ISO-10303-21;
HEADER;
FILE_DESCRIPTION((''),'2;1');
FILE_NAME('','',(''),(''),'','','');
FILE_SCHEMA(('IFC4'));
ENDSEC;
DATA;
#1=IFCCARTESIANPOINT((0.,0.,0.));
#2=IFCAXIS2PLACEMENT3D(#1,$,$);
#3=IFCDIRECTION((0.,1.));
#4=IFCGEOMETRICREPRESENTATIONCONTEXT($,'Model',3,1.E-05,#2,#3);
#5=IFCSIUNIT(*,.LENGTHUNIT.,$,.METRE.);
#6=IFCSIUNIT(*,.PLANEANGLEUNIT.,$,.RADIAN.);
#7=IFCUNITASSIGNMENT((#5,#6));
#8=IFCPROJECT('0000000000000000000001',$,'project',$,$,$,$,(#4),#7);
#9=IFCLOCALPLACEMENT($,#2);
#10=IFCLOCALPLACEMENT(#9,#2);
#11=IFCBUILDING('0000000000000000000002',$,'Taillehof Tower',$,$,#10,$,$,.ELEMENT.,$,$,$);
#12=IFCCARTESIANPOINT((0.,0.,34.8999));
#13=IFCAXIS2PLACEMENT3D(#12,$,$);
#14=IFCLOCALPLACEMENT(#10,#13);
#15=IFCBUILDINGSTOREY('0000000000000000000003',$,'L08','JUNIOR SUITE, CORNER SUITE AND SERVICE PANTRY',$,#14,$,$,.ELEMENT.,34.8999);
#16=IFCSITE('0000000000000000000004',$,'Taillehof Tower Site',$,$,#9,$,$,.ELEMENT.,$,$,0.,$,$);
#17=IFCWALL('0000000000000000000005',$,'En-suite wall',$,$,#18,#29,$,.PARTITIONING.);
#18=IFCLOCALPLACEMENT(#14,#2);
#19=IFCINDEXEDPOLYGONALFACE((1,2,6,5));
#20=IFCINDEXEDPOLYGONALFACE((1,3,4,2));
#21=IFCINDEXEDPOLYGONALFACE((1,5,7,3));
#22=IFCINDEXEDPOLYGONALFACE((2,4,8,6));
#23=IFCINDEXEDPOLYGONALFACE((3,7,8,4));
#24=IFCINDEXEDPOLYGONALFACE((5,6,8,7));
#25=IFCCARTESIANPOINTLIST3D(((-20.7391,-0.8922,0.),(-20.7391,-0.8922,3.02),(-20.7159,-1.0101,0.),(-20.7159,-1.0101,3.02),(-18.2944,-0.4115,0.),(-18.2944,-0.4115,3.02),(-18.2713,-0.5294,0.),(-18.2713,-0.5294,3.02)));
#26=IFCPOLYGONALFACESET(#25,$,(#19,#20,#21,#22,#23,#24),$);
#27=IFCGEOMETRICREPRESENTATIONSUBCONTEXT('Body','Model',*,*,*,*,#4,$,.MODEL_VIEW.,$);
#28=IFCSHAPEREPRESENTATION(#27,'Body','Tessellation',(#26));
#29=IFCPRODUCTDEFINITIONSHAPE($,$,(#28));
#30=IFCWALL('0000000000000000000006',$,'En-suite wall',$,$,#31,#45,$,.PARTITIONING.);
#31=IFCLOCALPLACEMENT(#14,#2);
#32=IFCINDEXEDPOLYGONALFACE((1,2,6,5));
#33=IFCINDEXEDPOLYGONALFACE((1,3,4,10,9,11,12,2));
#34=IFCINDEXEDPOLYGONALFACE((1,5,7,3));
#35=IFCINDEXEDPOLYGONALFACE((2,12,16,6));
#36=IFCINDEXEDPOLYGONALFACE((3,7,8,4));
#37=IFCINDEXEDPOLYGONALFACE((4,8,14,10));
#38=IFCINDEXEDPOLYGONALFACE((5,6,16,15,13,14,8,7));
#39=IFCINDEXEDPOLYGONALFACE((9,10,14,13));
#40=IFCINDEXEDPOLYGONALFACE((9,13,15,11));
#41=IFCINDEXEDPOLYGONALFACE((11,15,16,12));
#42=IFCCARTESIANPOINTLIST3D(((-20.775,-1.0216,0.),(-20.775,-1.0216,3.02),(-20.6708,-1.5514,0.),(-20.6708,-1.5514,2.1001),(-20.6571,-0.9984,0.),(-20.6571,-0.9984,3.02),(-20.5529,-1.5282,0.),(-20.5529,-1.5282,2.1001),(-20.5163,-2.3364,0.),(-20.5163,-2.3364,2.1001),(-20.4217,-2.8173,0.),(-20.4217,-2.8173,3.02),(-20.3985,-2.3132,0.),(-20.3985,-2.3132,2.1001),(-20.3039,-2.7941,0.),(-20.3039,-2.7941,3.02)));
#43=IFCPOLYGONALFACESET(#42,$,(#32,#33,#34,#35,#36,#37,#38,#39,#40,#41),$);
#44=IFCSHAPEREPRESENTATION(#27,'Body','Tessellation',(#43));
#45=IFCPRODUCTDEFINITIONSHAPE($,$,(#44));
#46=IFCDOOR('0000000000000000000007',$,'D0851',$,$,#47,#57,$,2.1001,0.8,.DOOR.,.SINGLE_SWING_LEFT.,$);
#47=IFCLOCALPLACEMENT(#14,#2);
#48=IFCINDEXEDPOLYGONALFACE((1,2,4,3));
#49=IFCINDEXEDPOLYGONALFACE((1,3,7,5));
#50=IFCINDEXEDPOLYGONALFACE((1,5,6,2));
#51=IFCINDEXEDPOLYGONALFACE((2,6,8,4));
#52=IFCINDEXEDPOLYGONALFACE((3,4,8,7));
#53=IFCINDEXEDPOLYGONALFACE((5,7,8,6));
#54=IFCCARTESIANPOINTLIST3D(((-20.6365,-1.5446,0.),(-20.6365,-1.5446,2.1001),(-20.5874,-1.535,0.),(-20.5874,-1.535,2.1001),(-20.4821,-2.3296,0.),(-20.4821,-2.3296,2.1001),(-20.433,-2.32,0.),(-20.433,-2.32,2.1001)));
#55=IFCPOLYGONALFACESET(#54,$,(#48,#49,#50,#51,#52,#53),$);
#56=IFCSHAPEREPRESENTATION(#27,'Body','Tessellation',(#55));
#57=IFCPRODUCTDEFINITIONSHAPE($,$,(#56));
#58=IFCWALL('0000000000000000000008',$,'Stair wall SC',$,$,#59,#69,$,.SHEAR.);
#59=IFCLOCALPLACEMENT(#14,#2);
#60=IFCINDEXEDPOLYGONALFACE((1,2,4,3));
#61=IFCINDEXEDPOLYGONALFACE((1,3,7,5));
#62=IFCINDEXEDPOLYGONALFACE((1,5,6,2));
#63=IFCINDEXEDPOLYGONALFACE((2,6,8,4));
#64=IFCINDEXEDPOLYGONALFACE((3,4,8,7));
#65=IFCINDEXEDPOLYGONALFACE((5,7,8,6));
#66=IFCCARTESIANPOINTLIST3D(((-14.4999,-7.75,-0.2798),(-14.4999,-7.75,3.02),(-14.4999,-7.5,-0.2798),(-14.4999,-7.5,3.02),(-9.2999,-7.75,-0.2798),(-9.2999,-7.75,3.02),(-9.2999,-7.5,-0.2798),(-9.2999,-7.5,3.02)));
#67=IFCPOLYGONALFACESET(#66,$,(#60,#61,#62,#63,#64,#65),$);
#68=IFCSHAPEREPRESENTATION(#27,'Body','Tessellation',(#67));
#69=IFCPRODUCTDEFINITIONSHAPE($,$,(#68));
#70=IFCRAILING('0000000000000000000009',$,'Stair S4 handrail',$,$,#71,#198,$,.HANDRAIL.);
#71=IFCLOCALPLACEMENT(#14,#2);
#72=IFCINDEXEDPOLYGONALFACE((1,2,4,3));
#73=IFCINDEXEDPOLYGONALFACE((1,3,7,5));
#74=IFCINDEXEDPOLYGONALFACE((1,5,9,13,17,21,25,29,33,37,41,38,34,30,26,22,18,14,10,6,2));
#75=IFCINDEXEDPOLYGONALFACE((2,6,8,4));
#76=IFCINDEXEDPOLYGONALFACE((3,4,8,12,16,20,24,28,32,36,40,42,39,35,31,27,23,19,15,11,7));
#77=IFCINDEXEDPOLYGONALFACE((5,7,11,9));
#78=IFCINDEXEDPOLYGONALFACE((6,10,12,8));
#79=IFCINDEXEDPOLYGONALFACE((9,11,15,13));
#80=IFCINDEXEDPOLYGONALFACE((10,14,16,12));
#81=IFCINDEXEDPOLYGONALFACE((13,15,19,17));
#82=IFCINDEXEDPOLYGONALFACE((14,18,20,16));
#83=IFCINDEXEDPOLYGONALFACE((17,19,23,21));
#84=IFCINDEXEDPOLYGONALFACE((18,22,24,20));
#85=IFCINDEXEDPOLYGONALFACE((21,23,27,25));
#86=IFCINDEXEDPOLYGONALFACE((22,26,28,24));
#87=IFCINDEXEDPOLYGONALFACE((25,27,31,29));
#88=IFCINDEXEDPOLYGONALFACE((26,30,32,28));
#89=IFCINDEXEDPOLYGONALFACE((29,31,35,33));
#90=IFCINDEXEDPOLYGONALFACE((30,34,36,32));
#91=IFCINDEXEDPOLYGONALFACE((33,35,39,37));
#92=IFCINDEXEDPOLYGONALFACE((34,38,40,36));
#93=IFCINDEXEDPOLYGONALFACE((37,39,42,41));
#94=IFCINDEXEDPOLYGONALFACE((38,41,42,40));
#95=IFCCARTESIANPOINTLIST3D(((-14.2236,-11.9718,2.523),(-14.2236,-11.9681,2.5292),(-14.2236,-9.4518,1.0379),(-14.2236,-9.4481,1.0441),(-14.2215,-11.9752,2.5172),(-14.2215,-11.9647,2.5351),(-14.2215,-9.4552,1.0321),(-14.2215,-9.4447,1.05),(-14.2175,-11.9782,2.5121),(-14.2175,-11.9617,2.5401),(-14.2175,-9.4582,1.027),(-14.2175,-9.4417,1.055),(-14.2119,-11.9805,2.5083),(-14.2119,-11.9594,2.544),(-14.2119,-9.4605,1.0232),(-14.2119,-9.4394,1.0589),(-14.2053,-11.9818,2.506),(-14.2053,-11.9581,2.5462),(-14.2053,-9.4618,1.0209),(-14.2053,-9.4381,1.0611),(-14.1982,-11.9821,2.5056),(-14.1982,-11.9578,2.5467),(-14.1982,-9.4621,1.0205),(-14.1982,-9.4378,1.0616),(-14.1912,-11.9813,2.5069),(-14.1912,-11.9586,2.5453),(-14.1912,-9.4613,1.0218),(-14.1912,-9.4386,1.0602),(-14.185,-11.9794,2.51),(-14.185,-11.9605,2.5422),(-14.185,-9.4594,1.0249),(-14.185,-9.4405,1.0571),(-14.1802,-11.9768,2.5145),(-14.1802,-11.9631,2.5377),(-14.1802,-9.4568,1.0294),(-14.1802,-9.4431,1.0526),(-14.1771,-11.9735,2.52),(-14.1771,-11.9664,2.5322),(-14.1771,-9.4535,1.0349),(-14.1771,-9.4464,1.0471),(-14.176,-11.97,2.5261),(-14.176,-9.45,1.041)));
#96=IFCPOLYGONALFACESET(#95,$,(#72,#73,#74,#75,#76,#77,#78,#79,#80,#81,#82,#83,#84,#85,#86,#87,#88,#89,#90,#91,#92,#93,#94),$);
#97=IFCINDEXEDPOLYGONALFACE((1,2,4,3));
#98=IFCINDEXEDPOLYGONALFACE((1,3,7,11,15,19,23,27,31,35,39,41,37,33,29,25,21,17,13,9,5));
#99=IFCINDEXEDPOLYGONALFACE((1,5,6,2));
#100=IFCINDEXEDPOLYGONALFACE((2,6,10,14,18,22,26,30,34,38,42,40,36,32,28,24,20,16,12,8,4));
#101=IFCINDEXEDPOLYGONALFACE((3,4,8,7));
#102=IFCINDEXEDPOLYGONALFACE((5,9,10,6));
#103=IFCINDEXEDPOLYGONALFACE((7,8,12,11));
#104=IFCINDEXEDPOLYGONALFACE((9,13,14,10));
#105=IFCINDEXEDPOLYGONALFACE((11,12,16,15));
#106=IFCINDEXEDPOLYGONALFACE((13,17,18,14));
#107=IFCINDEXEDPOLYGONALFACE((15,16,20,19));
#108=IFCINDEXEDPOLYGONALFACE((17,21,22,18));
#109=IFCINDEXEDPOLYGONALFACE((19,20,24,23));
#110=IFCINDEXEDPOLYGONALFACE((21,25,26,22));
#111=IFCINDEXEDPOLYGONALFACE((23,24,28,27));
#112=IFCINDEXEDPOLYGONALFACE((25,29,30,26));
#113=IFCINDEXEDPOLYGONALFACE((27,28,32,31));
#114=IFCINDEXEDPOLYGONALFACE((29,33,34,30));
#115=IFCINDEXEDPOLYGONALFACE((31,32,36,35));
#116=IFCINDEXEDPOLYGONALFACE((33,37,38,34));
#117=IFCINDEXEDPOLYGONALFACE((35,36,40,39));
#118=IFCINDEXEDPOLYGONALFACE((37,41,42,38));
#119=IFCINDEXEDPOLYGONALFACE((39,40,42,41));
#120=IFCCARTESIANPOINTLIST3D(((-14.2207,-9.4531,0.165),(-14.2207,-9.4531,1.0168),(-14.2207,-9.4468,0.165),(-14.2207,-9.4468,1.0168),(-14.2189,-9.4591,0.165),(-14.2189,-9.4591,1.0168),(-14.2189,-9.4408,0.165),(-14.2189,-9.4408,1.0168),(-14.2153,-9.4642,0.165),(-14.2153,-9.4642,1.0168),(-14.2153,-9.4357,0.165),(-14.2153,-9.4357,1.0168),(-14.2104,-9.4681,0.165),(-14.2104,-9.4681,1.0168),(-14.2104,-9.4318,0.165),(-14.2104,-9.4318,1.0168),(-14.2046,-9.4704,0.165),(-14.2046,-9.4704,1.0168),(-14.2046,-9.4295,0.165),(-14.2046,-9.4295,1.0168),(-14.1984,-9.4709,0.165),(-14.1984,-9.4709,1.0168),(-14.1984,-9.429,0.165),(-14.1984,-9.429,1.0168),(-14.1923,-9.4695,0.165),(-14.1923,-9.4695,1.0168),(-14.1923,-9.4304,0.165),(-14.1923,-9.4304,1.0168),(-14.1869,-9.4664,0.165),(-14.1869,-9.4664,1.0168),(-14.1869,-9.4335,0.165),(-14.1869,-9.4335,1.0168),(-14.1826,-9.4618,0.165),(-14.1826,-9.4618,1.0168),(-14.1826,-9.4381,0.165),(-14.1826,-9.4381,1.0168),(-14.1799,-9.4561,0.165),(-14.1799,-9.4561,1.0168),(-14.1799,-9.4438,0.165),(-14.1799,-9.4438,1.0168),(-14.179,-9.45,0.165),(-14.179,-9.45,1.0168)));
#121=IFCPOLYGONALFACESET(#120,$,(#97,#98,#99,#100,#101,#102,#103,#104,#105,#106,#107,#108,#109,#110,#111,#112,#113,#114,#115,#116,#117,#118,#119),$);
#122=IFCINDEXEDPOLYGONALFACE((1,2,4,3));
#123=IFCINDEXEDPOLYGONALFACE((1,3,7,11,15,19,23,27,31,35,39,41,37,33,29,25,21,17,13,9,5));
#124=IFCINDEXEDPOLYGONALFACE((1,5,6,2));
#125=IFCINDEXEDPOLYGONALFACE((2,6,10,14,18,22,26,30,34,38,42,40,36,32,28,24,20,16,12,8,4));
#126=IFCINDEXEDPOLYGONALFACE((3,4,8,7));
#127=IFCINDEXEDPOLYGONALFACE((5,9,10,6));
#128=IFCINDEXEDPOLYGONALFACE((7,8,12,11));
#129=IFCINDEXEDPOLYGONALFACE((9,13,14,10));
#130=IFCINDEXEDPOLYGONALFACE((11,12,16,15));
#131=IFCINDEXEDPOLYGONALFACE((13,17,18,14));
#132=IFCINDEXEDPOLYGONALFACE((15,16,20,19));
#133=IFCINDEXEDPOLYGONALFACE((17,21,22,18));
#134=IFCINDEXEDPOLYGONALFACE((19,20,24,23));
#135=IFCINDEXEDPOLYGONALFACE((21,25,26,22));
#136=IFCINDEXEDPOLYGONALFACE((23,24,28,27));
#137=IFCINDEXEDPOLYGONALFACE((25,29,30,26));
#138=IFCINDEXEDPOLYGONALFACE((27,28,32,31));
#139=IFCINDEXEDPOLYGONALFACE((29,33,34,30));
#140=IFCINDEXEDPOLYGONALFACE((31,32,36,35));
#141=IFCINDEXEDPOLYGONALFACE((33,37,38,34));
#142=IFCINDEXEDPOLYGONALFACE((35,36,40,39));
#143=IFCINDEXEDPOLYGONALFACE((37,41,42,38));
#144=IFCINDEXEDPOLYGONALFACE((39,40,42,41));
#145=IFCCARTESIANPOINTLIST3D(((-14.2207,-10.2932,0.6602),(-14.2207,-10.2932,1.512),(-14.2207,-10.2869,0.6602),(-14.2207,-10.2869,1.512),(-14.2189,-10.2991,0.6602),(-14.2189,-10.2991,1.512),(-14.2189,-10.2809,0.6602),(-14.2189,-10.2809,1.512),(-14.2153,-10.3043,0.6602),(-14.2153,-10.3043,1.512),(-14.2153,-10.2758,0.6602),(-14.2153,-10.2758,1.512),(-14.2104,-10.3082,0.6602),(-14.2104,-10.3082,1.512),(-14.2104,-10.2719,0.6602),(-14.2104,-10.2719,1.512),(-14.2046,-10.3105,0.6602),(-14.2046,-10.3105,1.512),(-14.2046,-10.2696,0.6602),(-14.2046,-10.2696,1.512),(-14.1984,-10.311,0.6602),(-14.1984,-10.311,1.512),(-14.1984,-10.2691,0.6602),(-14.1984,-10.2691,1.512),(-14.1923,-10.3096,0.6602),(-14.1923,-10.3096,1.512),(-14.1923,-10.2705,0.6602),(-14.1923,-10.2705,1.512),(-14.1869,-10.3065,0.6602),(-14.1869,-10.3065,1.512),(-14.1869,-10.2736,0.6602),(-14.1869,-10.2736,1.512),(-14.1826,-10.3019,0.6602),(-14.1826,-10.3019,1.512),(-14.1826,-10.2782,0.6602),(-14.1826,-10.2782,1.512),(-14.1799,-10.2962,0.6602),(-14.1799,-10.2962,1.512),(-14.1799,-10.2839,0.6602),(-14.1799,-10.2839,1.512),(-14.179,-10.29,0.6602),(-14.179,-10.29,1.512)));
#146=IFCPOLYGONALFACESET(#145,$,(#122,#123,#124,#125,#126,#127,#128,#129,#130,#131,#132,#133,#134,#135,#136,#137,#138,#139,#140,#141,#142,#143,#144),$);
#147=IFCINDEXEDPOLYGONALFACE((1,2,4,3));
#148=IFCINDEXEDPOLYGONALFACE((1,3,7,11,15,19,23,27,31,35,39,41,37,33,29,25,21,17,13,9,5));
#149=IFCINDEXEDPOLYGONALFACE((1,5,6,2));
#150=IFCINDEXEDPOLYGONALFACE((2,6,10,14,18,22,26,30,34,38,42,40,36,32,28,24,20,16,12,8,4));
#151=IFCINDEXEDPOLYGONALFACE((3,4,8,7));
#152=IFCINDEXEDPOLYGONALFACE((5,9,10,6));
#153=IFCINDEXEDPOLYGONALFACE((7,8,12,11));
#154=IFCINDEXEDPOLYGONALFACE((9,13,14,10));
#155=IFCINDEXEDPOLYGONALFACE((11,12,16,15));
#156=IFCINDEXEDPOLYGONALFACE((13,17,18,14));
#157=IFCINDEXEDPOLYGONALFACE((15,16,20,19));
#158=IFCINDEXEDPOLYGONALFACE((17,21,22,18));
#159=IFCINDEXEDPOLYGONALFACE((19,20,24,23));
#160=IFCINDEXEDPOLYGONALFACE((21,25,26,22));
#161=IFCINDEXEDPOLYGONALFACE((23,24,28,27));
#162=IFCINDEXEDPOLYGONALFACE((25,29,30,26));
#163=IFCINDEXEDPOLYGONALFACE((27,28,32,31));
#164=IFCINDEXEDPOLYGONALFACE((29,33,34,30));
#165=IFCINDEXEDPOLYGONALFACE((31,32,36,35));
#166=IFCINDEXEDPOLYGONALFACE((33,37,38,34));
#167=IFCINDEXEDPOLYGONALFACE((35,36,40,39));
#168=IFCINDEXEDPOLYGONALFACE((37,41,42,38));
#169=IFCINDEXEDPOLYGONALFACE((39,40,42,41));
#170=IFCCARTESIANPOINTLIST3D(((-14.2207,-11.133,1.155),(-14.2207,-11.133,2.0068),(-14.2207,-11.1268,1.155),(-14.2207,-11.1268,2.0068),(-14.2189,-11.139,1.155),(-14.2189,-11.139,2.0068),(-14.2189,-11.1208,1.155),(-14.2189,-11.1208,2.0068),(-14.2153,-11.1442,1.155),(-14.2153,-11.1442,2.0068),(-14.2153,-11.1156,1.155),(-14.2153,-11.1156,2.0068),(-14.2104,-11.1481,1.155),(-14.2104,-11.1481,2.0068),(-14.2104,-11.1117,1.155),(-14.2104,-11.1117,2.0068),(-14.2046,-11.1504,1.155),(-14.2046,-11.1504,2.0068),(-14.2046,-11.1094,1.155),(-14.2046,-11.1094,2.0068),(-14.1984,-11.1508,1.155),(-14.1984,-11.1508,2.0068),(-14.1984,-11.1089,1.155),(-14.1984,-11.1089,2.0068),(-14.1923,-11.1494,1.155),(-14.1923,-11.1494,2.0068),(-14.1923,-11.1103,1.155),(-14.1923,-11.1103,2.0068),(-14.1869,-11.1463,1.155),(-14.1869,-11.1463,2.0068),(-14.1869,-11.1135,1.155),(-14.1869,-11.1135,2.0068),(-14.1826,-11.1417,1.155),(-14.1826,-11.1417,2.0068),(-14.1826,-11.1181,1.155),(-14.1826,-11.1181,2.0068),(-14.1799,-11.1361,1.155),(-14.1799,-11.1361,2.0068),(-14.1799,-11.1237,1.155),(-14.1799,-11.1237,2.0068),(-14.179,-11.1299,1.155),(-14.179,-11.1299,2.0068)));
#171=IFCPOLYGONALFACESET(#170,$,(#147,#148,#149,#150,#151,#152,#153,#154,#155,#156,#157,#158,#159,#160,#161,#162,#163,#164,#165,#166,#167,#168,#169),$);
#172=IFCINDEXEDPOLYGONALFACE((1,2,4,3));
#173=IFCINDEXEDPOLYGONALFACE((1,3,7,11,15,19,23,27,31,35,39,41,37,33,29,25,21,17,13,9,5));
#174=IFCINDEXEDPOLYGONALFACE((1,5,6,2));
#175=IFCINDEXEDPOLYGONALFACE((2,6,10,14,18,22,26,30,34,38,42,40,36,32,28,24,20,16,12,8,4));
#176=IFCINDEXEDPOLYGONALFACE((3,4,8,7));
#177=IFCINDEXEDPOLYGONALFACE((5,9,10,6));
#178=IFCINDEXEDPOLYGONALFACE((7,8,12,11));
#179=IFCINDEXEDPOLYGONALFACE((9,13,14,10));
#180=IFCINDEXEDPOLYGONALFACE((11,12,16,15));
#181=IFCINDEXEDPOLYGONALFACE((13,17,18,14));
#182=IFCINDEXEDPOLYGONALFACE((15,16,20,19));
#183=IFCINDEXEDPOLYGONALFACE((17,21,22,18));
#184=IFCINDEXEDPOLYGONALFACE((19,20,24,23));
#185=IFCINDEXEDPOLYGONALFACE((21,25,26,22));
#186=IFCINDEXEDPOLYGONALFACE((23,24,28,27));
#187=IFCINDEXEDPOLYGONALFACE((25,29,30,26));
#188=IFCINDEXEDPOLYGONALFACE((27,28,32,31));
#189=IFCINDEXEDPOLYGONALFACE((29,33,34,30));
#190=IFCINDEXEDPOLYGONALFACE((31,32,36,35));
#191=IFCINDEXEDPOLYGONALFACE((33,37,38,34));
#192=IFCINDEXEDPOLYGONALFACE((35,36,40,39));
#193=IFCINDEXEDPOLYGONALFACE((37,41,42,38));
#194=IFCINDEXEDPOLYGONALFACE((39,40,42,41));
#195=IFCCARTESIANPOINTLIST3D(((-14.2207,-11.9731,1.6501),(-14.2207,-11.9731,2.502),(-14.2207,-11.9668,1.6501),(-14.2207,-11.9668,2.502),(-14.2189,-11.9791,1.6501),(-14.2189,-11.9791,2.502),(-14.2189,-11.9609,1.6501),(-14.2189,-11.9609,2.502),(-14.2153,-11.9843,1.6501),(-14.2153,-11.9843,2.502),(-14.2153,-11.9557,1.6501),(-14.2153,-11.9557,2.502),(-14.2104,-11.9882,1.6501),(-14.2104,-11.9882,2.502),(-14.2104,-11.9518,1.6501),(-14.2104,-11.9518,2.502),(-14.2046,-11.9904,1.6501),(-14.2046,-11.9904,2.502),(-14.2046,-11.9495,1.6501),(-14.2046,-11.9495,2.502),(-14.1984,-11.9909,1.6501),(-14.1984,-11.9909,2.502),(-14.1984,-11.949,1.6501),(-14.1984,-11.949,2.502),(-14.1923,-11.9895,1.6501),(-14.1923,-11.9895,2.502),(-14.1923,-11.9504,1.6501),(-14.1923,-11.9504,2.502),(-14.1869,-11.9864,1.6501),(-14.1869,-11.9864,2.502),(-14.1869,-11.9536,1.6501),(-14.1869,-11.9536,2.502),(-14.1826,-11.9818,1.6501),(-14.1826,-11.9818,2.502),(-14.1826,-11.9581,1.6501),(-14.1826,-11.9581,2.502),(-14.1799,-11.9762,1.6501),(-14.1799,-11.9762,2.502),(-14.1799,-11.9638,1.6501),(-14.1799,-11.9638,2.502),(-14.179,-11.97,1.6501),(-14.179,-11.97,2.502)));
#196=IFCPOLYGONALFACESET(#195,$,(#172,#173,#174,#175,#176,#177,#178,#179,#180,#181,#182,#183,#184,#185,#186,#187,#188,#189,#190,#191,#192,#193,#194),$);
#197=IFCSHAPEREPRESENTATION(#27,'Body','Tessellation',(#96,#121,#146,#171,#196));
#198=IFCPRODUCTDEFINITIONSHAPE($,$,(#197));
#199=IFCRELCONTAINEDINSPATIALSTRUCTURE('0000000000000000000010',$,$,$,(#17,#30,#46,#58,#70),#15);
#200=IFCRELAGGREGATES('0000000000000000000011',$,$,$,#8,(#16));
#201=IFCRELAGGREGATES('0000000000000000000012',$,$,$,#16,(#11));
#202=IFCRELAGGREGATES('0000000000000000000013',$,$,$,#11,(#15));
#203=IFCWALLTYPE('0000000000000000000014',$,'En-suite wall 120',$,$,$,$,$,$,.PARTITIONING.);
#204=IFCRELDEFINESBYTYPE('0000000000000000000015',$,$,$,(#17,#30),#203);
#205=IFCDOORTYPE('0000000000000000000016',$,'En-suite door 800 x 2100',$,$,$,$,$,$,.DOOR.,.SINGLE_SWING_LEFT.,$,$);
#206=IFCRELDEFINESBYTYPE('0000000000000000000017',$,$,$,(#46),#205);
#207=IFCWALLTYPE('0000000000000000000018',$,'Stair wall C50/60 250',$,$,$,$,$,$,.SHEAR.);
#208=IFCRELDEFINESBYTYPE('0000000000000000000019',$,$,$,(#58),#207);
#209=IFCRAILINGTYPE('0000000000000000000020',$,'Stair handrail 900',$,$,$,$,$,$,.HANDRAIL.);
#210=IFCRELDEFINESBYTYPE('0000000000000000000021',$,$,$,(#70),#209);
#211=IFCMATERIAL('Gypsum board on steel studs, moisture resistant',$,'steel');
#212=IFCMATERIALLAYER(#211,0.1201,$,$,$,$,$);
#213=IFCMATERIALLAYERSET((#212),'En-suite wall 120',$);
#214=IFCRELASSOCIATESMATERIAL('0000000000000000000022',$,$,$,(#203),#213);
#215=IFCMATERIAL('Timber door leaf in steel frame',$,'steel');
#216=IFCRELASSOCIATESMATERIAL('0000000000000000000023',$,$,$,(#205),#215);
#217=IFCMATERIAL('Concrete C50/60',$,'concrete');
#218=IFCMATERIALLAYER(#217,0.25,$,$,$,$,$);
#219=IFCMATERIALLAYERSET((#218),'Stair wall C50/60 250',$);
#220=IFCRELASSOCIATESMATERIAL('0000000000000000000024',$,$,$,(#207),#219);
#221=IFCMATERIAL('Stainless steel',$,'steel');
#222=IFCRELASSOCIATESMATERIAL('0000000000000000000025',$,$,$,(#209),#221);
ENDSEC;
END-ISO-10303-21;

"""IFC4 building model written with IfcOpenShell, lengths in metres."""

from ifc_helpers import new_model, si_unit, direction, frame, frame_2d, origin, origin_2d, place, context, subcontext, project, spatial, rectangle, circle, extrude, material, layer, layer_set, type_object, element, fill, save


model = new_model("IFC4")

# Units and contexts
model_context = context("Model", 3, precision=1e-05, world=origin(), true_north=direction((0.0, 1.0)))
body_context = subcontext(model_context, "Body", "Model", "MODEL_VIEW")
ifc_project = project(units=[si_unit("LENGTHUNIT", "METRE"), si_unit("PLANEANGLEUNIT", "RADIAN")], contexts=[model_context])

# Site, building, storey
site_placement = place(None, origin())
site = spatial("IfcSite", under=ifc_project, at=site_placement, Name="Taillehof Tower Site", CompositionType="ELEMENT", RefElevation=0.0)
building_placement = place(site_placement, origin())
building = spatial("IfcBuilding", under=site, at=building_placement, Name="Taillehof Tower", CompositionType="ELEMENT")
storey_placement = place(building_placement, frame((0.0, 0.0, 34.8999)))
storey = spatial("IfcBuildingStorey", under=building, at=storey_placement, Name="L08", Description="JUNIOR SUITE, CORNER SUITE AND SERVICE PANTRY", CompositionType="ELEMENT", Elevation=34.8999)

# Wall
ifc_material_1 = material(Name="Gypsum board on steel studs, moisture resistant", Category="steel")
ifc_layer_1 = layer(ifc_material_1, 0.1201)
ifc_layer_set_1 = layer_set([ifc_layer_1], Name="En-suite wall 120")
wall_type_1 = type_object("IfcWallType", Name="En-suite wall 120", PredefinedType="PARTITIONING", material=ifc_layer_set_1)
wall_1_placement = place(storey_placement, frame((-18.283, -0.4705, 0.0), z_axis=(0.0, 0.0, 1.0), x_axis=(-0.981209, -0.192949, 0.0)))
element("IfcWall", 1, at=wall_1_placement, inside=storey, type_object=wall_type_1, Name="En-suite wall", PredefinedType="PARTITIONING", context=body_context, shape_type="SweptSolid", body=[
    extrude(rectangle(XDim=2.4915, YDim=0.1201, at=frame_2d((1.2456, 0.0))), origin(), (0.0, 0.0, 1.0), 3.02),
])

# Wall, opening, door
wall_2_placement = place(storey_placement, frame((-20.7161, -1.01, 0.0), z_axis=(0.0, 0.0, 1.0), x_axis=(0.193037, -0.981192, 0.0)))
wall_2 = element("IfcWall", 2, at=wall_2_placement, inside=storey, type_object=wall_type_1, Name="En-suite wall", PredefinedType="PARTITIONING", context=body_context, shape_type="SweptSolid", body=[
    extrude(rectangle(XDim=1.8301, YDim=0.1201, at=frame_2d((0.915, 0.0))), origin(), (0.0, 0.0, 1.0), 3.02),
])
opening_1_placement = place(wall_2_placement, frame((0.54, 0.0, 0.0)))
opening_1 = element("IfcOpeningElement", 3, at=opening_1_placement, cuts=wall_2, PredefinedType="OPENING", context=body_context, shape_type="SweptSolid", body=[
    extrude(rectangle(XDim=0.8, YDim=2.1001, at=frame_2d((0.3999, 1.05))), frame((0.0, 0.0701, 0.0), z_axis=(0.0, -1.0, 0.0), x_axis=(1.0, 0.0, 0.0)), (0.0, 0.0, 1.0), 0.1401),
])
ifc_material_2 = material(Name="Timber door leaf in steel frame", Category="steel")
door_type_1 = type_object("IfcDoorType", Name="En-suite door 800 x 2100", OperationType="SINGLE_SWING_LEFT", PredefinedType="DOOR", material=ifc_material_2)
door_1_placement = place(opening_1_placement, origin())
door_1 = element("IfcDoor", 4, at=door_1_placement, inside=storey, type_object=door_type_1, Name="D0851", OperationType="SINGLE_SWING_LEFT", OverallHeight=2.1001, OverallWidth=0.8, PredefinedType="DOOR", context=body_context, shape_type="SweptSolid", body=[
    extrude(rectangle(XDim=0.8, YDim=2.1001, at=frame_2d((0.3999, 1.05))), frame((0.0, 0.0249, 0.0), z_axis=(0.0, -1.0, 0.0), x_axis=(1.0, 0.0, 0.0)), (0.0, 0.0, 1.0), 0.05),
])
fill(opening_1, door_1)

# Wall
ifc_material_3 = material(Name="Concrete C50/60", Category="concrete")
ifc_layer_2 = layer(ifc_material_3, 0.25)
ifc_layer_set_2 = layer_set([ifc_layer_2], Name="Stair wall C50/60 250")
wall_type_2 = type_object("IfcWallType", Name="Stair wall C50/60 250", PredefinedType="SHEAR", material=ifc_layer_set_2)
wall_3_placement = place(storey_placement, frame((-14.5, -7.625, -0.2798), z_axis=(0.0, 0.0, 1.0), x_axis=(1.0, 0.0, 0.0)))
element("IfcWall", 5, at=wall_3_placement, inside=storey, type_object=wall_type_2, Name="Stair wall SC", PredefinedType="SHEAR", context=body_context, shape_type="SweptSolid", body=[
    extrude(rectangle(XDim=5.2, YDim=0.25, at=frame_2d((2.6001, 0.0))), origin(), (0.0, 0.0, 1.0), 3.2998),
])

# Railing
ifc_material_4 = material(Name="Stainless steel", Category="steel")
railing_type = type_object("IfcRailingType", Name="Stair handrail 900", PredefinedType="HANDRAIL", material=ifc_material_4)
railing_placement = place(storey_placement, frame((-14.2, -9.45, 0.165)))
element("IfcRailing", 6, at=railing_placement, inside=storey, type_object=railing_type, Name="Stair S4 handrail", PredefinedType="HANDRAIL", context=body_context, shape_type="SweptSolid", body=[
    extrude(circle(Radius=0.0239, at=origin_2d()), frame((0.0, 0.0, 0.876), z_axis=(0.0, -0.861524, 0.507717), x_axis=(1.0, 0.0, 0.0)), (0.0, 0.0, 1.0), 2.925),
    extrude(circle(Radius=0.021, at=origin_2d()), origin(), (0.0, 0.0, 1.0), 0.8518),
    extrude(circle(Radius=0.021, at=origin_2d()), frame((0.0, -0.8401, 0.4951)), (0.0, 0.0, 1.0), 0.8518),
    extrude(circle(Radius=0.021, at=origin_2d()), frame((0.0, -1.6799, 0.99)), (0.0, 0.0, 1.0), 0.8518),
    extrude(circle(Radius=0.021, at=origin_2d()), frame((0.0, -2.52, 1.4851)), (0.0, 0.0, 1.0), 0.8518),
])

save(model, "model.ifc")
